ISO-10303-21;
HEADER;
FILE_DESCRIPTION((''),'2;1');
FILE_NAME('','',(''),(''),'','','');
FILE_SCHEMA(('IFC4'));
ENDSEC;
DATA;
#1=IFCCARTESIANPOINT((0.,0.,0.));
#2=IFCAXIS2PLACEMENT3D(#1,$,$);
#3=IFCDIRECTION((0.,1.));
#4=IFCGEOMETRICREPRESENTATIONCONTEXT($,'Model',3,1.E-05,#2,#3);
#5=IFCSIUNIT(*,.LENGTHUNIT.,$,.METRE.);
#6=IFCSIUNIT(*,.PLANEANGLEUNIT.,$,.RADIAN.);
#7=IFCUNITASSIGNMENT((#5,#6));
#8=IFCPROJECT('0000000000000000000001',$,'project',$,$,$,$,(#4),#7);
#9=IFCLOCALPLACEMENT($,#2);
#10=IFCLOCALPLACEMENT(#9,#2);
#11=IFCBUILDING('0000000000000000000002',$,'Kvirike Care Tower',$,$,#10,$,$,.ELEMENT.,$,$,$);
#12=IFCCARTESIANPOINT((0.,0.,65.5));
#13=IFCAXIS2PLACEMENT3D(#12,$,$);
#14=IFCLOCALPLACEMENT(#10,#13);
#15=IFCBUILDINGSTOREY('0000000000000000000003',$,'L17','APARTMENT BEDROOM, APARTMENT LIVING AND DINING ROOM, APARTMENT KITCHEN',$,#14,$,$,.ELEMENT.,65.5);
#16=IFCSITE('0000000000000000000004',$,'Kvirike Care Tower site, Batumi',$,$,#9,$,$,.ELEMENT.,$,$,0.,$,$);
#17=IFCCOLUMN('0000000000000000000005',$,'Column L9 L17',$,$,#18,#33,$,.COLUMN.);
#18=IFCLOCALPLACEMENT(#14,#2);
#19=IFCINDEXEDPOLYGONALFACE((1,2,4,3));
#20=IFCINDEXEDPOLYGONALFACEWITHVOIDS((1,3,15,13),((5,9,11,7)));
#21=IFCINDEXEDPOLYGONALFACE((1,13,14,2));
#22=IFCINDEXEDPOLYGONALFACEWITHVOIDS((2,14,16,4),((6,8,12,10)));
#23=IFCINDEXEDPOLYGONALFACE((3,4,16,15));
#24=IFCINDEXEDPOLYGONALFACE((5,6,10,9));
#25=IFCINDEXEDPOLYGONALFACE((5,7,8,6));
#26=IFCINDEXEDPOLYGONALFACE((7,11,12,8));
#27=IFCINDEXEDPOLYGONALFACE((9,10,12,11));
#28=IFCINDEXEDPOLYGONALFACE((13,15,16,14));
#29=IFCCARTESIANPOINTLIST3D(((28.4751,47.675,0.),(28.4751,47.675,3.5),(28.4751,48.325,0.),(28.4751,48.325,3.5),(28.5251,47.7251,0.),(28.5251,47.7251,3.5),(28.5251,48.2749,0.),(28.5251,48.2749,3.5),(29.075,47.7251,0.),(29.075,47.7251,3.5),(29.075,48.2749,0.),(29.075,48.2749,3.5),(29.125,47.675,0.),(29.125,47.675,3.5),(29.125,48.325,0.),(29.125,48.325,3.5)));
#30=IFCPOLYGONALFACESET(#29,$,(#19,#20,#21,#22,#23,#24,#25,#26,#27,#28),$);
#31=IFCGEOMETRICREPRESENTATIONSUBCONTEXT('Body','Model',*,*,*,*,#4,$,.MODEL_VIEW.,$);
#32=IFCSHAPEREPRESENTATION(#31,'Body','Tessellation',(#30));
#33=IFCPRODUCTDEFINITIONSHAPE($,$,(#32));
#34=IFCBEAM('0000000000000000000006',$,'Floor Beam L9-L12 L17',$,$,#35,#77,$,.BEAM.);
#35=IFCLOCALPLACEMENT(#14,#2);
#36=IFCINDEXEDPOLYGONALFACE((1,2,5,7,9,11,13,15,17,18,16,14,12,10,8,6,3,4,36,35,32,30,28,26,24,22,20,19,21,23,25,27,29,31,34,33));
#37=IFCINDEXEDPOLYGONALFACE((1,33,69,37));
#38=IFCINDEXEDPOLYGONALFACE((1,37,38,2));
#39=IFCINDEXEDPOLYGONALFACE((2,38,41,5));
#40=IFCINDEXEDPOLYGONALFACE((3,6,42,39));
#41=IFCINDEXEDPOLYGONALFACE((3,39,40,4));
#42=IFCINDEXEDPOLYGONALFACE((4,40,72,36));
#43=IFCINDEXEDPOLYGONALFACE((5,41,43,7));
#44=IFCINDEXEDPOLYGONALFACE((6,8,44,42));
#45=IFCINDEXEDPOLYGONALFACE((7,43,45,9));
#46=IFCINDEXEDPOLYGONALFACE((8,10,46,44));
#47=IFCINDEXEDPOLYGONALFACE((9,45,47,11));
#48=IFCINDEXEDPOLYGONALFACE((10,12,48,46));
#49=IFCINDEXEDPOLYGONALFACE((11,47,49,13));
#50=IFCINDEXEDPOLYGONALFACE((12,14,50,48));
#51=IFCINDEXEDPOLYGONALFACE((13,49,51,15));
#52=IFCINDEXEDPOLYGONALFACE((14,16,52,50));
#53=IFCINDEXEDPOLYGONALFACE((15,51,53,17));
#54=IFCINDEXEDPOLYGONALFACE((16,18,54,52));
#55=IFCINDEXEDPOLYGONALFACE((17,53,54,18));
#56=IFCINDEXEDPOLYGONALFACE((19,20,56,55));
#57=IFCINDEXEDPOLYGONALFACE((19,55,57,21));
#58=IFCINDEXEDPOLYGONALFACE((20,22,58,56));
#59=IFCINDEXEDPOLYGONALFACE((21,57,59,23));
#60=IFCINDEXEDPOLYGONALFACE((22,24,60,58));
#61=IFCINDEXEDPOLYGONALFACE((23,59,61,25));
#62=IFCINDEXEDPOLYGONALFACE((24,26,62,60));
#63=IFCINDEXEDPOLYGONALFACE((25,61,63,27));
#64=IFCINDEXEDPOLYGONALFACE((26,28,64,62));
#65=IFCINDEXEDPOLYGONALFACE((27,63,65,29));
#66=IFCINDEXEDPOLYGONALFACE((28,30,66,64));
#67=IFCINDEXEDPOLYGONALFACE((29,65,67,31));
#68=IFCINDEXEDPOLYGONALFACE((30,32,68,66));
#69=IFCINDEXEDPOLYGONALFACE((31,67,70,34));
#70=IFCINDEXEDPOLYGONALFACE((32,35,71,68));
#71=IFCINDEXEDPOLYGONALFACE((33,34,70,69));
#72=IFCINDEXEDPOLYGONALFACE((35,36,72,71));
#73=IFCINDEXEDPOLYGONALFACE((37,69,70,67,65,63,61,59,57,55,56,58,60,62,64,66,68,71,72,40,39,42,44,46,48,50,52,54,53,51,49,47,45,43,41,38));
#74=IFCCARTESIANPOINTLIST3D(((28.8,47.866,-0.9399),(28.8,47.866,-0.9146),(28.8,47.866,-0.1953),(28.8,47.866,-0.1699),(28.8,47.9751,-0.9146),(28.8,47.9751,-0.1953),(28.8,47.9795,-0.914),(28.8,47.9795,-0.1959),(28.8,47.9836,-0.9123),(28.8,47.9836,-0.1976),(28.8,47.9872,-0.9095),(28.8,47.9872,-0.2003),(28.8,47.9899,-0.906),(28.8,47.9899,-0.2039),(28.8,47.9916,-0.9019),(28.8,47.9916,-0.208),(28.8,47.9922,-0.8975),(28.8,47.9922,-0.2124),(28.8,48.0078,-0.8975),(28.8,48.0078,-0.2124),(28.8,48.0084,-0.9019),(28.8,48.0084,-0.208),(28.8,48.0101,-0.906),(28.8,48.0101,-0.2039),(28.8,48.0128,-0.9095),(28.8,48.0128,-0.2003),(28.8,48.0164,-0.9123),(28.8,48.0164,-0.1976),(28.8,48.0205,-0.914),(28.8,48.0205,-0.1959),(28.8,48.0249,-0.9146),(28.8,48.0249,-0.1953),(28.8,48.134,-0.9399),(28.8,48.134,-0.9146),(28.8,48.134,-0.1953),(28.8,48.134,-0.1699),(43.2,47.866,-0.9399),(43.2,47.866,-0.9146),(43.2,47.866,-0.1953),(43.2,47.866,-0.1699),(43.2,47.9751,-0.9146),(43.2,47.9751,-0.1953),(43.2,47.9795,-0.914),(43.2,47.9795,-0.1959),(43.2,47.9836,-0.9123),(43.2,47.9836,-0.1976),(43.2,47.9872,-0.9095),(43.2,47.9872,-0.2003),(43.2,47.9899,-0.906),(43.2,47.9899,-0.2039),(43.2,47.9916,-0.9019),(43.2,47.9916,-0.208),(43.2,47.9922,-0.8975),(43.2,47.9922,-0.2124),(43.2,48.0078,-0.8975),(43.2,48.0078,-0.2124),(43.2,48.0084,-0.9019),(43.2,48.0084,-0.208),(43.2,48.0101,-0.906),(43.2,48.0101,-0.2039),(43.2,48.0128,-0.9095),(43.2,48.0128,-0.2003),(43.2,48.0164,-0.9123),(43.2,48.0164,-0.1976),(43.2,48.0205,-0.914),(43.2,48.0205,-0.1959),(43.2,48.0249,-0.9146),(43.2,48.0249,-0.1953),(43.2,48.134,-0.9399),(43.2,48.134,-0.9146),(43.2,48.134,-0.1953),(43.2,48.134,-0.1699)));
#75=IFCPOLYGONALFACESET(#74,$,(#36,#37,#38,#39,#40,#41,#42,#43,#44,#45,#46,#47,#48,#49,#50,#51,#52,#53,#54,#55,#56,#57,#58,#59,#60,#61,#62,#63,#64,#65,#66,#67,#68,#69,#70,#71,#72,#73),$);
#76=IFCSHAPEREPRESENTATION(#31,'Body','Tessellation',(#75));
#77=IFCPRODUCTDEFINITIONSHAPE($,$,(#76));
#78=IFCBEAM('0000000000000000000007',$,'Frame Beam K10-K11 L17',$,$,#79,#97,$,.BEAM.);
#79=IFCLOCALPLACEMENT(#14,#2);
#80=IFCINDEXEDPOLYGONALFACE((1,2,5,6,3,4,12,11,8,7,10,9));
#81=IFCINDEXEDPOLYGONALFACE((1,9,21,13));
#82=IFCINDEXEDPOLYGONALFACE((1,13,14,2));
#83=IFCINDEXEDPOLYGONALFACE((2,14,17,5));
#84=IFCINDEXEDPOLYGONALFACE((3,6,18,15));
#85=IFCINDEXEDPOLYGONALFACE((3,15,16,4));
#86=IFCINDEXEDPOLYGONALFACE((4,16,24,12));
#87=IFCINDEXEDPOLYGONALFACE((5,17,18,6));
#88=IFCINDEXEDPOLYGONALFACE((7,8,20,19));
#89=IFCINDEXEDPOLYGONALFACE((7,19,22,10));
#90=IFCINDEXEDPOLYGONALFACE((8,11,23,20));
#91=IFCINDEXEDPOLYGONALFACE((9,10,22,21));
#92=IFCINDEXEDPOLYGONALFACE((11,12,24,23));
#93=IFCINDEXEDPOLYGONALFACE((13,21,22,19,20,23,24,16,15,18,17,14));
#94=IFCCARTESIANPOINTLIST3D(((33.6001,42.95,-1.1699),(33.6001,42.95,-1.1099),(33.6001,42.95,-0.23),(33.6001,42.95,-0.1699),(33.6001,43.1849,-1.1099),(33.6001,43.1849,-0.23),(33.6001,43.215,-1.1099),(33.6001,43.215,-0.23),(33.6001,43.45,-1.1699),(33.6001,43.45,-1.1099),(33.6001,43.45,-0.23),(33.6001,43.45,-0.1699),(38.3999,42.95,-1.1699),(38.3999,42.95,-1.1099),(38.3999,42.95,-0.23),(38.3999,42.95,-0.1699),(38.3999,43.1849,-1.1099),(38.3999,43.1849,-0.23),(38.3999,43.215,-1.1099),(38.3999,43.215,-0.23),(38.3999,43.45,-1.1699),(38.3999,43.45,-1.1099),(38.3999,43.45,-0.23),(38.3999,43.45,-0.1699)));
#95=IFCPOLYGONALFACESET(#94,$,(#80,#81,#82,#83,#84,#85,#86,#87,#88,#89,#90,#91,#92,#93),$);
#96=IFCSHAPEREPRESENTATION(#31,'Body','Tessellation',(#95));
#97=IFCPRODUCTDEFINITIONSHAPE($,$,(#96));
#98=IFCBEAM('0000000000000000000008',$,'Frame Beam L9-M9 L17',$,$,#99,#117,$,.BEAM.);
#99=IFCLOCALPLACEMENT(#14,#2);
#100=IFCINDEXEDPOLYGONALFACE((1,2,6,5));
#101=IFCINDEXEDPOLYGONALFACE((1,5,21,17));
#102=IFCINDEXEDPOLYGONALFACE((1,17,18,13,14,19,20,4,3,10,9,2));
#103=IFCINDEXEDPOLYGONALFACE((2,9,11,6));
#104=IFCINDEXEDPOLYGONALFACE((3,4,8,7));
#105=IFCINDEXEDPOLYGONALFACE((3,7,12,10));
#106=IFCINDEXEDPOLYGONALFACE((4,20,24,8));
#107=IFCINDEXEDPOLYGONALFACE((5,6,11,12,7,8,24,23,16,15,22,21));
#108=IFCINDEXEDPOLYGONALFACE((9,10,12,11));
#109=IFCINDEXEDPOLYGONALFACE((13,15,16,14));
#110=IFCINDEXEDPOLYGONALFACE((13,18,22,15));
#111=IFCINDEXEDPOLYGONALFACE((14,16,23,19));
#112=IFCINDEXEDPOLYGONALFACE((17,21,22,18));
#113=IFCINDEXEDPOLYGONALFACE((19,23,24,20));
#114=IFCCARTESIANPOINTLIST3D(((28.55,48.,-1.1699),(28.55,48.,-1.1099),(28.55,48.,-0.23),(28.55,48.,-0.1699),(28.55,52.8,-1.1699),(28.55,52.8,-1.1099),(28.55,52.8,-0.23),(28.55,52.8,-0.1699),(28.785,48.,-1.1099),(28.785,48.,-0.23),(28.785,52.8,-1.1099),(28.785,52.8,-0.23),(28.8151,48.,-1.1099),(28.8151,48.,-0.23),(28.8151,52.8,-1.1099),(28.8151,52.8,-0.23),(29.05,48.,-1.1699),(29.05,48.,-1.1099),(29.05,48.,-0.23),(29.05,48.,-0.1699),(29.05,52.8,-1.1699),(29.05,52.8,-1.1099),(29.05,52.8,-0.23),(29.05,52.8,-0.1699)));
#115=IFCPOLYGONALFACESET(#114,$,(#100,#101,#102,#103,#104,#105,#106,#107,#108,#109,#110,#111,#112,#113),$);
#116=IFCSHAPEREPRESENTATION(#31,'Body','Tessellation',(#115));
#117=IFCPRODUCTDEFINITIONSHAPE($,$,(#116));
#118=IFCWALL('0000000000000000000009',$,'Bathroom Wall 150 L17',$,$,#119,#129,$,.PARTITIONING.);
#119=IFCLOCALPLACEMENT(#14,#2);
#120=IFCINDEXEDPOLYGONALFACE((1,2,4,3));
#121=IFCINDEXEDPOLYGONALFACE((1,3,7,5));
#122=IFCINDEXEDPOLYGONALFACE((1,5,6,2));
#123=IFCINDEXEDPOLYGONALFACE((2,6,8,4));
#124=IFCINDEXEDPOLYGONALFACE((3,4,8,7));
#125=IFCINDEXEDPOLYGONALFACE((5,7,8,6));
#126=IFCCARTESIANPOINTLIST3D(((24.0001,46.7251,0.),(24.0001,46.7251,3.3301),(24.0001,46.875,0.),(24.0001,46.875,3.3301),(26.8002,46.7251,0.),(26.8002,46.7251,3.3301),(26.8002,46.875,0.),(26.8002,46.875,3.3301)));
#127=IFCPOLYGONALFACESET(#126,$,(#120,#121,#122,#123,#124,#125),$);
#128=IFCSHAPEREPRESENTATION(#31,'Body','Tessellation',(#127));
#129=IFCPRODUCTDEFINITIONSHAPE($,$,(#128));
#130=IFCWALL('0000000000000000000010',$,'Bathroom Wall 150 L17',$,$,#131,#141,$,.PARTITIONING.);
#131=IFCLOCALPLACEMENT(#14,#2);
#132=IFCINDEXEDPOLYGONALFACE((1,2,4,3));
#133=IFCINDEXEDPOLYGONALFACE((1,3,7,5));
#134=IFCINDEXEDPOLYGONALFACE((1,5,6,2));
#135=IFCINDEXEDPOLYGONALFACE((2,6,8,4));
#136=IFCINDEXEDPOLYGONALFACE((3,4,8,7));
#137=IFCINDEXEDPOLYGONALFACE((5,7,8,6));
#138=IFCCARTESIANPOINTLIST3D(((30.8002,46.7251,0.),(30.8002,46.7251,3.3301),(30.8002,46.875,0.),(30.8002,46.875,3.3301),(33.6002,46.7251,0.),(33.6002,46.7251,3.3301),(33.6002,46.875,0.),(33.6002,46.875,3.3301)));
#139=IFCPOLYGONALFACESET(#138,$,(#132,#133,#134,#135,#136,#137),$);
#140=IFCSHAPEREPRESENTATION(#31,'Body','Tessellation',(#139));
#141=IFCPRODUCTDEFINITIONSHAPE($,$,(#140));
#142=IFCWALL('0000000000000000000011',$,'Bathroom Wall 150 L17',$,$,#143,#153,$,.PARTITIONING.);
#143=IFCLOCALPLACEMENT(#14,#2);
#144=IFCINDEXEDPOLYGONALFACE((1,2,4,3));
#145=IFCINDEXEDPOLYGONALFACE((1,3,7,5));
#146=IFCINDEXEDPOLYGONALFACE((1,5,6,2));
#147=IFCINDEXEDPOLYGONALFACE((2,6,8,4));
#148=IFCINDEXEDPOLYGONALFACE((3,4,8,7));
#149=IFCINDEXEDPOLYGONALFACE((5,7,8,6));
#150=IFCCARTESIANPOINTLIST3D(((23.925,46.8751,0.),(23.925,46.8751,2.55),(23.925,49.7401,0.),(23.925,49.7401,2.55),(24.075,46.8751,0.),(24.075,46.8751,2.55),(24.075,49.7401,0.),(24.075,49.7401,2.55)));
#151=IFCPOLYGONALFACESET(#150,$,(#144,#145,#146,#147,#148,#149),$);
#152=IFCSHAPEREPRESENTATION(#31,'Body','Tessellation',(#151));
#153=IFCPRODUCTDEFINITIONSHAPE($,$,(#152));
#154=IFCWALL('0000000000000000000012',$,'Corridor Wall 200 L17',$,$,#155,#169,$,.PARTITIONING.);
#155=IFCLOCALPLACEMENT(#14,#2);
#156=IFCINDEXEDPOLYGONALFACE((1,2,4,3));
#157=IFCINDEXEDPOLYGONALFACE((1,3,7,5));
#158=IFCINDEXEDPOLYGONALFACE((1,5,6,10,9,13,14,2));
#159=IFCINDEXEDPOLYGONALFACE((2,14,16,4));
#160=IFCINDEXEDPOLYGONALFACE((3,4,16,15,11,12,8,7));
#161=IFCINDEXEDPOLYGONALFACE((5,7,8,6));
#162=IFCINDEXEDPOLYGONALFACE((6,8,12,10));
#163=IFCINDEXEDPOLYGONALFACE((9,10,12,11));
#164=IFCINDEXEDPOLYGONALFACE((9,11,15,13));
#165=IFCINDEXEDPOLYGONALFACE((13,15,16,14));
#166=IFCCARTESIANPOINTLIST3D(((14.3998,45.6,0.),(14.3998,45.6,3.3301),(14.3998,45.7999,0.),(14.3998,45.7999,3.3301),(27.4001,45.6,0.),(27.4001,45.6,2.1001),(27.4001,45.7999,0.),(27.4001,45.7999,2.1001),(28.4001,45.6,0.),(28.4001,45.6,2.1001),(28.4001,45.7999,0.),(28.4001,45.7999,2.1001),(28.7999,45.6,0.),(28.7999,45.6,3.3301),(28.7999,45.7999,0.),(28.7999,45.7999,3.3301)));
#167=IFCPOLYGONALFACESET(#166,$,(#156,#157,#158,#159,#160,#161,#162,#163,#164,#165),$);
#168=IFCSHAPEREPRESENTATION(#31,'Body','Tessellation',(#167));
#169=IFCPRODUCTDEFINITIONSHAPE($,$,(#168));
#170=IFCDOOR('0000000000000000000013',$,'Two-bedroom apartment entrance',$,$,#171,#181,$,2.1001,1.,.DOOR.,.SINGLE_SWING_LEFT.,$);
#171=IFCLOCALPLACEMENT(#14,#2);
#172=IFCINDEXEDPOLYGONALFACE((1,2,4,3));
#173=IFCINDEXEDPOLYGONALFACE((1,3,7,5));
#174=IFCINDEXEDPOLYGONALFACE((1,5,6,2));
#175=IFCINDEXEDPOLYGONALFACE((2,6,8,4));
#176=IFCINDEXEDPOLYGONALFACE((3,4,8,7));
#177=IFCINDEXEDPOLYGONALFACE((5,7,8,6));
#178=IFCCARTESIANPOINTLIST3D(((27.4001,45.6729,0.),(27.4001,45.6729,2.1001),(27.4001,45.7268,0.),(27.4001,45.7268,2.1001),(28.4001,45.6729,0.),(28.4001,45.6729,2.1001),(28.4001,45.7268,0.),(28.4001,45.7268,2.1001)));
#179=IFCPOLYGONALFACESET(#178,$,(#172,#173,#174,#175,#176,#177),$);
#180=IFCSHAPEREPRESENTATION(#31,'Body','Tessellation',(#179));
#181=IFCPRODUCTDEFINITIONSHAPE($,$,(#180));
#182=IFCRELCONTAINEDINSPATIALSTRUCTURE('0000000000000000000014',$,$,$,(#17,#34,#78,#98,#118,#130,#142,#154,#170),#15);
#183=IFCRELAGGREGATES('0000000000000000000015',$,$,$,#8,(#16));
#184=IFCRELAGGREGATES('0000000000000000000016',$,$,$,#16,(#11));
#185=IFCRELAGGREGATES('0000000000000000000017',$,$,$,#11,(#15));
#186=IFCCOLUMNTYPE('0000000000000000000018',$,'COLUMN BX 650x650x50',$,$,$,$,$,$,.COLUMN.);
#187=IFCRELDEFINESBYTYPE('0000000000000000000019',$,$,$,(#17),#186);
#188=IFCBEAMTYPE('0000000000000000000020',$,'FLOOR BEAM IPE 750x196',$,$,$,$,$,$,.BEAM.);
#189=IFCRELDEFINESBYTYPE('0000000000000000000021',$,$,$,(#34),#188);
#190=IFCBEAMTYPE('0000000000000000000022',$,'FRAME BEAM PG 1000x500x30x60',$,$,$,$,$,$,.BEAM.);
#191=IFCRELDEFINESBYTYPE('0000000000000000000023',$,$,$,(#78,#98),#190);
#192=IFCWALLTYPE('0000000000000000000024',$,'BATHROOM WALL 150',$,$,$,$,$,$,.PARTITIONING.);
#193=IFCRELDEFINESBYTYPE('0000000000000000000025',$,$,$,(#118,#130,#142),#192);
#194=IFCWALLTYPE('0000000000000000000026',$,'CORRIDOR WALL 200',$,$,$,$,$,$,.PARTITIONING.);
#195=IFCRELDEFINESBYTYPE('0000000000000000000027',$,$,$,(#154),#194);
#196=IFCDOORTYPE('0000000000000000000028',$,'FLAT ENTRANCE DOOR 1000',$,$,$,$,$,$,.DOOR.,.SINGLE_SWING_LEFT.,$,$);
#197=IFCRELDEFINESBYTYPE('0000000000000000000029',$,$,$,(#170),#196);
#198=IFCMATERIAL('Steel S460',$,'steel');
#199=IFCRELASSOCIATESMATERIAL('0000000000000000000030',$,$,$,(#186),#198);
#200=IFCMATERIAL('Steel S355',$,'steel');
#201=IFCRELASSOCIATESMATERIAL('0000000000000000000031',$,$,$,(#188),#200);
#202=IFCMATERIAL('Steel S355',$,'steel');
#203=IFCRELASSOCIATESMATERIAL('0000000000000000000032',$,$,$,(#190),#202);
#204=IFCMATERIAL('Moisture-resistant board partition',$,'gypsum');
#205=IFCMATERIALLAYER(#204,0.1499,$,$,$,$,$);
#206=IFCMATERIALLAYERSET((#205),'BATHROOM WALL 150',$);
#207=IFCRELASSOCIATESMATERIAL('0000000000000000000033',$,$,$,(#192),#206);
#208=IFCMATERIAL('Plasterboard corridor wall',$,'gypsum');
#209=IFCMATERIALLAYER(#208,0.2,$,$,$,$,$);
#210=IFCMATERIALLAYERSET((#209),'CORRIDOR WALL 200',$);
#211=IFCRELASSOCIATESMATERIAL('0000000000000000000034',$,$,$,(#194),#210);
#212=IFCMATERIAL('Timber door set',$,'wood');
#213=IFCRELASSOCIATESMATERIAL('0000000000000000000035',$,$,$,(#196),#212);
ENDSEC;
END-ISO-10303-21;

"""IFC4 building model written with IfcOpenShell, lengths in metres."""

from ifc_helpers import new_model, si_unit, direction, frame, frame_2d, origin, origin_2d, place, context, subcontext, project, spatial, rectangle, hollow_rectangle, i_section, extrude, material, layer, layer_set, material_profile, profile_set, type_object, element, fill, save


model = new_model("IFC4")

# Units and contexts
model_context = context("Model", 3, precision=1e-05, world=origin(), true_north=direction((0.0, 1.0)))
body_context = subcontext(model_context, "Body", "Model", "MODEL_VIEW")
ifc_project = project(units=[si_unit("LENGTHUNIT", "METRE"), si_unit("PLANEANGLEUNIT", "RADIAN")], contexts=[model_context])

# Site, building, storey
site_placement = place(None, origin())
site = spatial("IfcSite", under=ifc_project, at=site_placement, Name="Kvirike Care Tower site, Batumi", CompositionType="ELEMENT", RefElevation=0.0)
building_placement = place(site_placement, origin())
building = spatial("IfcBuilding", under=site, at=building_placement, Name="Kvirike Care Tower", CompositionType="ELEMENT")
storey_placement = place(building_placement, frame((0.0, 0.0, 65.5)))
storey = spatial("IfcBuildingStorey", under=building, at=storey_placement, Name="L17", Description="APARTMENT BEDROOM, APARTMENT LIVING AND DINING ROOM, APARTMENT KITCHEN", CompositionType="ELEMENT", Elevation=65.5)

# Column
ifc_material_1 = material(Name="Steel S460", Category="steel")
ifc_material_profile_1 = material_profile(ifc_material_1, hollow_rectangle(XDim=0.6499, YDim=0.6499, WallThickness=0.05, at=origin_2d()), Name="BX 650x650x50")
ifc_profile_set_1 = profile_set([ifc_material_profile_1], Name="Steel S460")
column_type = type_object("IfcColumnType", Name="COLUMN BX 650x650x50", PredefinedType="COLUMN", material=ifc_profile_set_1)
column_placement = place(storey_placement, frame((28.8, 48.0, 0.0), z_axis=(0.0, 0.0, 1.0), x_axis=(1.0, 0.0, 0.0)))
element("IfcColumn", 1, at=column_placement, inside=storey, type_object=column_type, Name="Column L9 L17", PredefinedType="COLUMN", context=body_context, shape_type="SweptSolid", body=[
    extrude(hollow_rectangle(XDim=0.6499, YDim=0.6499, WallThickness=0.05, at=origin_2d()), origin(), (0.0, 0.0, 1.0), 3.5),
])

# Beams
ifc_material_2 = material(Name="Steel S355", Category="steel")
ifc_material_profile_2 = material_profile(ifc_material_2, i_section(OverallWidth=0.2681, OverallDepth=0.77, WebThickness=0.0156, FlangeThickness=0.0254, FilletRadius=0.0171, at=origin_2d()), Name="IPE 750x196")
ifc_profile_set_2 = profile_set([ifc_material_profile_2], Name="Steel S355")
beam_type_1 = type_object("IfcBeamType", Name="FLOOR BEAM IPE 750x196", PredefinedType="BEAM", material=ifc_profile_set_2)
beam_1_placement = place(storey_placement, frame((28.8, 48.0, -0.5549), z_axis=(1.0, 0.0, 0.0), x_axis=(0.0, 1.0, 0.0)))
element("IfcBeam", 2, at=beam_1_placement, inside=storey, type_object=beam_type_1, Name="Floor Beam L9-L12 L17", PredefinedType="BEAM", context=body_context, shape_type="SweptSolid", body=[
    extrude(i_section(OverallWidth=0.2681, OverallDepth=0.77, WebThickness=0.0156, FlangeThickness=0.0254, FilletRadius=0.0171, at=origin_2d()), origin(), (0.0, 0.0, 1.0), 14.3999),
])
ifc_material_3 = material(Name="Steel S355", Category="steel")
ifc_material_profile_3 = material_profile(ifc_material_3, i_section(OverallWidth=0.5, OverallDepth=1.0, WebThickness=0.03, FlangeThickness=0.0601, at=origin_2d()), Name="PG 1000x500x30x60")
ifc_profile_set_3 = profile_set([ifc_material_profile_3], Name="Steel S355")
beam_type_2 = type_object("IfcBeamType", Name="FRAME BEAM PG 1000x500x30x60", PredefinedType="BEAM", material=ifc_profile_set_3)
beam_2_placement = place(storey_placement, frame((33.6001, 43.2, -0.6699), z_axis=(1.0, 0.0, 0.0), x_axis=(0.0, 1.0, 0.0)))
element("IfcBeam", 3, at=beam_2_placement, inside=storey, type_object=beam_type_2, Name="Frame Beam K10-K11 L17", PredefinedType="BEAM", context=body_context, shape_type="SweptSolid", body=[
    extrude(i_section(OverallWidth=0.5, OverallDepth=1.0, WebThickness=0.03, FlangeThickness=0.0601, at=origin_2d()), origin(), (0.0, 0.0, 1.0), 4.7998),
])
beam_3_placement = place(storey_placement, frame((28.8, 48.0, -0.6699), z_axis=(0.0, 1.0, 0.0), x_axis=(-1.0, 0.0, 0.0)))
element("IfcBeam", 4, at=beam_3_placement, inside=storey, type_object=beam_type_2, Name="Frame Beam L9-M9 L17", PredefinedType="BEAM", context=body_context, shape_type="SweptSolid", body=[
    extrude(i_section(OverallWidth=0.5, OverallDepth=1.0, WebThickness=0.03, FlangeThickness=0.0601, at=origin_2d()), origin(), (0.0, 0.0, 1.0), 4.8),
])

# Walls
ifc_material_4 = material(Name="Moisture-resistant board partition", Category="gypsum")
ifc_layer_1 = layer(ifc_material_4, 0.1499)
ifc_layer_set_1 = layer_set([ifc_layer_1], Name="BATHROOM WALL 150")
wall_type_1 = type_object("IfcWallType", Name="BATHROOM WALL 150", PredefinedType="PARTITIONING", material=ifc_layer_set_1)
for number, where, z_axis, x_axis, name in (
    (5, (26.8, 46.8, 0.0), (0.0, 0.0, 1.0), (-1.0, 0.0, 0.0), "Bathroom Wall 150 L17"),
    (6, (33.6001, 46.8, 0.0), (0.0, 0.0, 1.0), (-1.0, 0.0, 0.0), "Bathroom Wall 150 L17"),
):
    element("IfcWall", number, at=place(storey_placement, frame(where, z_axis=z_axis, x_axis=x_axis)), inside=storey, type_object=wall_type_1, Name=name, PredefinedType="PARTITIONING", context=body_context, shape_type="SweptSolid", body=[
        extrude(rectangle(XDim=2.8, YDim=0.1499, at=frame_2d((1.3999, 0.0))), origin(), (0.0, 0.0, 1.0), 3.3301),
    ])
wall_1_placement = place(storey_placement, frame((24.0, 46.875, 0.0), z_axis=(0.0, 0.0, 1.0), x_axis=(0.0, 1.0, 0.0)))
element("IfcWall", 7, at=wall_1_placement, inside=storey, type_object=wall_type_1, Name="Bathroom Wall 150 L17", PredefinedType="PARTITIONING", context=body_context, shape_type="SweptSolid", body=[
    extrude(rectangle(XDim=2.865, YDim=0.1499, at=frame_2d((1.4326, 0.0))), origin(), (0.0, 0.0, 1.0), 2.55),
])

# Wall, opening, door
ifc_material_5 = material(Name="Plasterboard corridor wall", Category="gypsum")
ifc_layer_2 = layer(ifc_material_5, 0.2)
ifc_layer_set_2 = layer_set([ifc_layer_2], Name="CORRIDOR WALL 200")
wall_type_2 = type_object("IfcWallType", Name="CORRIDOR WALL 200", PredefinedType="PARTITIONING", material=ifc_layer_set_2)
wall_2_placement = place(storey_placement, frame((28.8, 45.7, 0.0), z_axis=(0.0, 0.0, 1.0), x_axis=(-1.0, 0.0, 0.0)))
wall_2 = element("IfcWall", 8, at=wall_2_placement, inside=storey, type_object=wall_type_2, Name="Corridor Wall 200 L17", PredefinedType="PARTITIONING", context=body_context, shape_type="SweptSolid", body=[
    extrude(rectangle(XDim=14.4001, YDim=0.2, at=frame_2d((7.2002, 0.0))), origin(), (0.0, 0.0, 1.0), 3.3301),
])
opening_1_placement = place(wall_2_placement, frame((0.3999, 0.0, 0.0)))
opening_1 = element("IfcOpeningElement", 9, at=opening_1_placement, cuts=wall_2, PredefinedType="OPENING", context=body_context, shape_type="SweptSolid", body=[
    extrude(rectangle(XDim=1.0, YDim=2.1001, at=frame_2d((0.5, 1.05))), frame((0.0, 0.1106, 0.0), z_axis=(0.0, -1.0, 0.0), x_axis=(1.0, 0.0, 0.0)), (0.0, 0.0, 1.0), 0.2209),
])
ifc_material_6 = material(Name="Timber door set", Category="wood")
door_type_1 = type_object("IfcDoorType", Name="FLAT ENTRANCE DOOR 1000", OperationType="SINGLE_SWING_LEFT", PredefinedType="DOOR", material=ifc_material_6)
door_1_placement = place(opening_1_placement, frame((1.0, 0.0, 0.0), z_axis=(0.0, 0.0, 1.0), x_axis=(-1.0, 0.0, 0.0)))
door_1 = element("IfcDoor", 10, at=door_1_placement, inside=storey, type_object=door_type_1, Name="Two-bedroom apartment entrance", OperationType="SINGLE_SWING_LEFT", OverallHeight=2.1001, OverallWidth=1.0, PredefinedType="DOOR", context=body_context, shape_type="SweptSolid", body=[
    extrude(rectangle(XDim=1.0, YDim=2.1001, at=frame_2d((0.5, 1.05))), frame((0.0, 0.0269, 0.0), z_axis=(0.0, -1.0, 0.0), x_axis=(1.0, 0.0, 0.0)), (0.0, 0.0, 1.0), 0.054),
])
fill(opening_1, door_1)

save(model, "model.ifc")
